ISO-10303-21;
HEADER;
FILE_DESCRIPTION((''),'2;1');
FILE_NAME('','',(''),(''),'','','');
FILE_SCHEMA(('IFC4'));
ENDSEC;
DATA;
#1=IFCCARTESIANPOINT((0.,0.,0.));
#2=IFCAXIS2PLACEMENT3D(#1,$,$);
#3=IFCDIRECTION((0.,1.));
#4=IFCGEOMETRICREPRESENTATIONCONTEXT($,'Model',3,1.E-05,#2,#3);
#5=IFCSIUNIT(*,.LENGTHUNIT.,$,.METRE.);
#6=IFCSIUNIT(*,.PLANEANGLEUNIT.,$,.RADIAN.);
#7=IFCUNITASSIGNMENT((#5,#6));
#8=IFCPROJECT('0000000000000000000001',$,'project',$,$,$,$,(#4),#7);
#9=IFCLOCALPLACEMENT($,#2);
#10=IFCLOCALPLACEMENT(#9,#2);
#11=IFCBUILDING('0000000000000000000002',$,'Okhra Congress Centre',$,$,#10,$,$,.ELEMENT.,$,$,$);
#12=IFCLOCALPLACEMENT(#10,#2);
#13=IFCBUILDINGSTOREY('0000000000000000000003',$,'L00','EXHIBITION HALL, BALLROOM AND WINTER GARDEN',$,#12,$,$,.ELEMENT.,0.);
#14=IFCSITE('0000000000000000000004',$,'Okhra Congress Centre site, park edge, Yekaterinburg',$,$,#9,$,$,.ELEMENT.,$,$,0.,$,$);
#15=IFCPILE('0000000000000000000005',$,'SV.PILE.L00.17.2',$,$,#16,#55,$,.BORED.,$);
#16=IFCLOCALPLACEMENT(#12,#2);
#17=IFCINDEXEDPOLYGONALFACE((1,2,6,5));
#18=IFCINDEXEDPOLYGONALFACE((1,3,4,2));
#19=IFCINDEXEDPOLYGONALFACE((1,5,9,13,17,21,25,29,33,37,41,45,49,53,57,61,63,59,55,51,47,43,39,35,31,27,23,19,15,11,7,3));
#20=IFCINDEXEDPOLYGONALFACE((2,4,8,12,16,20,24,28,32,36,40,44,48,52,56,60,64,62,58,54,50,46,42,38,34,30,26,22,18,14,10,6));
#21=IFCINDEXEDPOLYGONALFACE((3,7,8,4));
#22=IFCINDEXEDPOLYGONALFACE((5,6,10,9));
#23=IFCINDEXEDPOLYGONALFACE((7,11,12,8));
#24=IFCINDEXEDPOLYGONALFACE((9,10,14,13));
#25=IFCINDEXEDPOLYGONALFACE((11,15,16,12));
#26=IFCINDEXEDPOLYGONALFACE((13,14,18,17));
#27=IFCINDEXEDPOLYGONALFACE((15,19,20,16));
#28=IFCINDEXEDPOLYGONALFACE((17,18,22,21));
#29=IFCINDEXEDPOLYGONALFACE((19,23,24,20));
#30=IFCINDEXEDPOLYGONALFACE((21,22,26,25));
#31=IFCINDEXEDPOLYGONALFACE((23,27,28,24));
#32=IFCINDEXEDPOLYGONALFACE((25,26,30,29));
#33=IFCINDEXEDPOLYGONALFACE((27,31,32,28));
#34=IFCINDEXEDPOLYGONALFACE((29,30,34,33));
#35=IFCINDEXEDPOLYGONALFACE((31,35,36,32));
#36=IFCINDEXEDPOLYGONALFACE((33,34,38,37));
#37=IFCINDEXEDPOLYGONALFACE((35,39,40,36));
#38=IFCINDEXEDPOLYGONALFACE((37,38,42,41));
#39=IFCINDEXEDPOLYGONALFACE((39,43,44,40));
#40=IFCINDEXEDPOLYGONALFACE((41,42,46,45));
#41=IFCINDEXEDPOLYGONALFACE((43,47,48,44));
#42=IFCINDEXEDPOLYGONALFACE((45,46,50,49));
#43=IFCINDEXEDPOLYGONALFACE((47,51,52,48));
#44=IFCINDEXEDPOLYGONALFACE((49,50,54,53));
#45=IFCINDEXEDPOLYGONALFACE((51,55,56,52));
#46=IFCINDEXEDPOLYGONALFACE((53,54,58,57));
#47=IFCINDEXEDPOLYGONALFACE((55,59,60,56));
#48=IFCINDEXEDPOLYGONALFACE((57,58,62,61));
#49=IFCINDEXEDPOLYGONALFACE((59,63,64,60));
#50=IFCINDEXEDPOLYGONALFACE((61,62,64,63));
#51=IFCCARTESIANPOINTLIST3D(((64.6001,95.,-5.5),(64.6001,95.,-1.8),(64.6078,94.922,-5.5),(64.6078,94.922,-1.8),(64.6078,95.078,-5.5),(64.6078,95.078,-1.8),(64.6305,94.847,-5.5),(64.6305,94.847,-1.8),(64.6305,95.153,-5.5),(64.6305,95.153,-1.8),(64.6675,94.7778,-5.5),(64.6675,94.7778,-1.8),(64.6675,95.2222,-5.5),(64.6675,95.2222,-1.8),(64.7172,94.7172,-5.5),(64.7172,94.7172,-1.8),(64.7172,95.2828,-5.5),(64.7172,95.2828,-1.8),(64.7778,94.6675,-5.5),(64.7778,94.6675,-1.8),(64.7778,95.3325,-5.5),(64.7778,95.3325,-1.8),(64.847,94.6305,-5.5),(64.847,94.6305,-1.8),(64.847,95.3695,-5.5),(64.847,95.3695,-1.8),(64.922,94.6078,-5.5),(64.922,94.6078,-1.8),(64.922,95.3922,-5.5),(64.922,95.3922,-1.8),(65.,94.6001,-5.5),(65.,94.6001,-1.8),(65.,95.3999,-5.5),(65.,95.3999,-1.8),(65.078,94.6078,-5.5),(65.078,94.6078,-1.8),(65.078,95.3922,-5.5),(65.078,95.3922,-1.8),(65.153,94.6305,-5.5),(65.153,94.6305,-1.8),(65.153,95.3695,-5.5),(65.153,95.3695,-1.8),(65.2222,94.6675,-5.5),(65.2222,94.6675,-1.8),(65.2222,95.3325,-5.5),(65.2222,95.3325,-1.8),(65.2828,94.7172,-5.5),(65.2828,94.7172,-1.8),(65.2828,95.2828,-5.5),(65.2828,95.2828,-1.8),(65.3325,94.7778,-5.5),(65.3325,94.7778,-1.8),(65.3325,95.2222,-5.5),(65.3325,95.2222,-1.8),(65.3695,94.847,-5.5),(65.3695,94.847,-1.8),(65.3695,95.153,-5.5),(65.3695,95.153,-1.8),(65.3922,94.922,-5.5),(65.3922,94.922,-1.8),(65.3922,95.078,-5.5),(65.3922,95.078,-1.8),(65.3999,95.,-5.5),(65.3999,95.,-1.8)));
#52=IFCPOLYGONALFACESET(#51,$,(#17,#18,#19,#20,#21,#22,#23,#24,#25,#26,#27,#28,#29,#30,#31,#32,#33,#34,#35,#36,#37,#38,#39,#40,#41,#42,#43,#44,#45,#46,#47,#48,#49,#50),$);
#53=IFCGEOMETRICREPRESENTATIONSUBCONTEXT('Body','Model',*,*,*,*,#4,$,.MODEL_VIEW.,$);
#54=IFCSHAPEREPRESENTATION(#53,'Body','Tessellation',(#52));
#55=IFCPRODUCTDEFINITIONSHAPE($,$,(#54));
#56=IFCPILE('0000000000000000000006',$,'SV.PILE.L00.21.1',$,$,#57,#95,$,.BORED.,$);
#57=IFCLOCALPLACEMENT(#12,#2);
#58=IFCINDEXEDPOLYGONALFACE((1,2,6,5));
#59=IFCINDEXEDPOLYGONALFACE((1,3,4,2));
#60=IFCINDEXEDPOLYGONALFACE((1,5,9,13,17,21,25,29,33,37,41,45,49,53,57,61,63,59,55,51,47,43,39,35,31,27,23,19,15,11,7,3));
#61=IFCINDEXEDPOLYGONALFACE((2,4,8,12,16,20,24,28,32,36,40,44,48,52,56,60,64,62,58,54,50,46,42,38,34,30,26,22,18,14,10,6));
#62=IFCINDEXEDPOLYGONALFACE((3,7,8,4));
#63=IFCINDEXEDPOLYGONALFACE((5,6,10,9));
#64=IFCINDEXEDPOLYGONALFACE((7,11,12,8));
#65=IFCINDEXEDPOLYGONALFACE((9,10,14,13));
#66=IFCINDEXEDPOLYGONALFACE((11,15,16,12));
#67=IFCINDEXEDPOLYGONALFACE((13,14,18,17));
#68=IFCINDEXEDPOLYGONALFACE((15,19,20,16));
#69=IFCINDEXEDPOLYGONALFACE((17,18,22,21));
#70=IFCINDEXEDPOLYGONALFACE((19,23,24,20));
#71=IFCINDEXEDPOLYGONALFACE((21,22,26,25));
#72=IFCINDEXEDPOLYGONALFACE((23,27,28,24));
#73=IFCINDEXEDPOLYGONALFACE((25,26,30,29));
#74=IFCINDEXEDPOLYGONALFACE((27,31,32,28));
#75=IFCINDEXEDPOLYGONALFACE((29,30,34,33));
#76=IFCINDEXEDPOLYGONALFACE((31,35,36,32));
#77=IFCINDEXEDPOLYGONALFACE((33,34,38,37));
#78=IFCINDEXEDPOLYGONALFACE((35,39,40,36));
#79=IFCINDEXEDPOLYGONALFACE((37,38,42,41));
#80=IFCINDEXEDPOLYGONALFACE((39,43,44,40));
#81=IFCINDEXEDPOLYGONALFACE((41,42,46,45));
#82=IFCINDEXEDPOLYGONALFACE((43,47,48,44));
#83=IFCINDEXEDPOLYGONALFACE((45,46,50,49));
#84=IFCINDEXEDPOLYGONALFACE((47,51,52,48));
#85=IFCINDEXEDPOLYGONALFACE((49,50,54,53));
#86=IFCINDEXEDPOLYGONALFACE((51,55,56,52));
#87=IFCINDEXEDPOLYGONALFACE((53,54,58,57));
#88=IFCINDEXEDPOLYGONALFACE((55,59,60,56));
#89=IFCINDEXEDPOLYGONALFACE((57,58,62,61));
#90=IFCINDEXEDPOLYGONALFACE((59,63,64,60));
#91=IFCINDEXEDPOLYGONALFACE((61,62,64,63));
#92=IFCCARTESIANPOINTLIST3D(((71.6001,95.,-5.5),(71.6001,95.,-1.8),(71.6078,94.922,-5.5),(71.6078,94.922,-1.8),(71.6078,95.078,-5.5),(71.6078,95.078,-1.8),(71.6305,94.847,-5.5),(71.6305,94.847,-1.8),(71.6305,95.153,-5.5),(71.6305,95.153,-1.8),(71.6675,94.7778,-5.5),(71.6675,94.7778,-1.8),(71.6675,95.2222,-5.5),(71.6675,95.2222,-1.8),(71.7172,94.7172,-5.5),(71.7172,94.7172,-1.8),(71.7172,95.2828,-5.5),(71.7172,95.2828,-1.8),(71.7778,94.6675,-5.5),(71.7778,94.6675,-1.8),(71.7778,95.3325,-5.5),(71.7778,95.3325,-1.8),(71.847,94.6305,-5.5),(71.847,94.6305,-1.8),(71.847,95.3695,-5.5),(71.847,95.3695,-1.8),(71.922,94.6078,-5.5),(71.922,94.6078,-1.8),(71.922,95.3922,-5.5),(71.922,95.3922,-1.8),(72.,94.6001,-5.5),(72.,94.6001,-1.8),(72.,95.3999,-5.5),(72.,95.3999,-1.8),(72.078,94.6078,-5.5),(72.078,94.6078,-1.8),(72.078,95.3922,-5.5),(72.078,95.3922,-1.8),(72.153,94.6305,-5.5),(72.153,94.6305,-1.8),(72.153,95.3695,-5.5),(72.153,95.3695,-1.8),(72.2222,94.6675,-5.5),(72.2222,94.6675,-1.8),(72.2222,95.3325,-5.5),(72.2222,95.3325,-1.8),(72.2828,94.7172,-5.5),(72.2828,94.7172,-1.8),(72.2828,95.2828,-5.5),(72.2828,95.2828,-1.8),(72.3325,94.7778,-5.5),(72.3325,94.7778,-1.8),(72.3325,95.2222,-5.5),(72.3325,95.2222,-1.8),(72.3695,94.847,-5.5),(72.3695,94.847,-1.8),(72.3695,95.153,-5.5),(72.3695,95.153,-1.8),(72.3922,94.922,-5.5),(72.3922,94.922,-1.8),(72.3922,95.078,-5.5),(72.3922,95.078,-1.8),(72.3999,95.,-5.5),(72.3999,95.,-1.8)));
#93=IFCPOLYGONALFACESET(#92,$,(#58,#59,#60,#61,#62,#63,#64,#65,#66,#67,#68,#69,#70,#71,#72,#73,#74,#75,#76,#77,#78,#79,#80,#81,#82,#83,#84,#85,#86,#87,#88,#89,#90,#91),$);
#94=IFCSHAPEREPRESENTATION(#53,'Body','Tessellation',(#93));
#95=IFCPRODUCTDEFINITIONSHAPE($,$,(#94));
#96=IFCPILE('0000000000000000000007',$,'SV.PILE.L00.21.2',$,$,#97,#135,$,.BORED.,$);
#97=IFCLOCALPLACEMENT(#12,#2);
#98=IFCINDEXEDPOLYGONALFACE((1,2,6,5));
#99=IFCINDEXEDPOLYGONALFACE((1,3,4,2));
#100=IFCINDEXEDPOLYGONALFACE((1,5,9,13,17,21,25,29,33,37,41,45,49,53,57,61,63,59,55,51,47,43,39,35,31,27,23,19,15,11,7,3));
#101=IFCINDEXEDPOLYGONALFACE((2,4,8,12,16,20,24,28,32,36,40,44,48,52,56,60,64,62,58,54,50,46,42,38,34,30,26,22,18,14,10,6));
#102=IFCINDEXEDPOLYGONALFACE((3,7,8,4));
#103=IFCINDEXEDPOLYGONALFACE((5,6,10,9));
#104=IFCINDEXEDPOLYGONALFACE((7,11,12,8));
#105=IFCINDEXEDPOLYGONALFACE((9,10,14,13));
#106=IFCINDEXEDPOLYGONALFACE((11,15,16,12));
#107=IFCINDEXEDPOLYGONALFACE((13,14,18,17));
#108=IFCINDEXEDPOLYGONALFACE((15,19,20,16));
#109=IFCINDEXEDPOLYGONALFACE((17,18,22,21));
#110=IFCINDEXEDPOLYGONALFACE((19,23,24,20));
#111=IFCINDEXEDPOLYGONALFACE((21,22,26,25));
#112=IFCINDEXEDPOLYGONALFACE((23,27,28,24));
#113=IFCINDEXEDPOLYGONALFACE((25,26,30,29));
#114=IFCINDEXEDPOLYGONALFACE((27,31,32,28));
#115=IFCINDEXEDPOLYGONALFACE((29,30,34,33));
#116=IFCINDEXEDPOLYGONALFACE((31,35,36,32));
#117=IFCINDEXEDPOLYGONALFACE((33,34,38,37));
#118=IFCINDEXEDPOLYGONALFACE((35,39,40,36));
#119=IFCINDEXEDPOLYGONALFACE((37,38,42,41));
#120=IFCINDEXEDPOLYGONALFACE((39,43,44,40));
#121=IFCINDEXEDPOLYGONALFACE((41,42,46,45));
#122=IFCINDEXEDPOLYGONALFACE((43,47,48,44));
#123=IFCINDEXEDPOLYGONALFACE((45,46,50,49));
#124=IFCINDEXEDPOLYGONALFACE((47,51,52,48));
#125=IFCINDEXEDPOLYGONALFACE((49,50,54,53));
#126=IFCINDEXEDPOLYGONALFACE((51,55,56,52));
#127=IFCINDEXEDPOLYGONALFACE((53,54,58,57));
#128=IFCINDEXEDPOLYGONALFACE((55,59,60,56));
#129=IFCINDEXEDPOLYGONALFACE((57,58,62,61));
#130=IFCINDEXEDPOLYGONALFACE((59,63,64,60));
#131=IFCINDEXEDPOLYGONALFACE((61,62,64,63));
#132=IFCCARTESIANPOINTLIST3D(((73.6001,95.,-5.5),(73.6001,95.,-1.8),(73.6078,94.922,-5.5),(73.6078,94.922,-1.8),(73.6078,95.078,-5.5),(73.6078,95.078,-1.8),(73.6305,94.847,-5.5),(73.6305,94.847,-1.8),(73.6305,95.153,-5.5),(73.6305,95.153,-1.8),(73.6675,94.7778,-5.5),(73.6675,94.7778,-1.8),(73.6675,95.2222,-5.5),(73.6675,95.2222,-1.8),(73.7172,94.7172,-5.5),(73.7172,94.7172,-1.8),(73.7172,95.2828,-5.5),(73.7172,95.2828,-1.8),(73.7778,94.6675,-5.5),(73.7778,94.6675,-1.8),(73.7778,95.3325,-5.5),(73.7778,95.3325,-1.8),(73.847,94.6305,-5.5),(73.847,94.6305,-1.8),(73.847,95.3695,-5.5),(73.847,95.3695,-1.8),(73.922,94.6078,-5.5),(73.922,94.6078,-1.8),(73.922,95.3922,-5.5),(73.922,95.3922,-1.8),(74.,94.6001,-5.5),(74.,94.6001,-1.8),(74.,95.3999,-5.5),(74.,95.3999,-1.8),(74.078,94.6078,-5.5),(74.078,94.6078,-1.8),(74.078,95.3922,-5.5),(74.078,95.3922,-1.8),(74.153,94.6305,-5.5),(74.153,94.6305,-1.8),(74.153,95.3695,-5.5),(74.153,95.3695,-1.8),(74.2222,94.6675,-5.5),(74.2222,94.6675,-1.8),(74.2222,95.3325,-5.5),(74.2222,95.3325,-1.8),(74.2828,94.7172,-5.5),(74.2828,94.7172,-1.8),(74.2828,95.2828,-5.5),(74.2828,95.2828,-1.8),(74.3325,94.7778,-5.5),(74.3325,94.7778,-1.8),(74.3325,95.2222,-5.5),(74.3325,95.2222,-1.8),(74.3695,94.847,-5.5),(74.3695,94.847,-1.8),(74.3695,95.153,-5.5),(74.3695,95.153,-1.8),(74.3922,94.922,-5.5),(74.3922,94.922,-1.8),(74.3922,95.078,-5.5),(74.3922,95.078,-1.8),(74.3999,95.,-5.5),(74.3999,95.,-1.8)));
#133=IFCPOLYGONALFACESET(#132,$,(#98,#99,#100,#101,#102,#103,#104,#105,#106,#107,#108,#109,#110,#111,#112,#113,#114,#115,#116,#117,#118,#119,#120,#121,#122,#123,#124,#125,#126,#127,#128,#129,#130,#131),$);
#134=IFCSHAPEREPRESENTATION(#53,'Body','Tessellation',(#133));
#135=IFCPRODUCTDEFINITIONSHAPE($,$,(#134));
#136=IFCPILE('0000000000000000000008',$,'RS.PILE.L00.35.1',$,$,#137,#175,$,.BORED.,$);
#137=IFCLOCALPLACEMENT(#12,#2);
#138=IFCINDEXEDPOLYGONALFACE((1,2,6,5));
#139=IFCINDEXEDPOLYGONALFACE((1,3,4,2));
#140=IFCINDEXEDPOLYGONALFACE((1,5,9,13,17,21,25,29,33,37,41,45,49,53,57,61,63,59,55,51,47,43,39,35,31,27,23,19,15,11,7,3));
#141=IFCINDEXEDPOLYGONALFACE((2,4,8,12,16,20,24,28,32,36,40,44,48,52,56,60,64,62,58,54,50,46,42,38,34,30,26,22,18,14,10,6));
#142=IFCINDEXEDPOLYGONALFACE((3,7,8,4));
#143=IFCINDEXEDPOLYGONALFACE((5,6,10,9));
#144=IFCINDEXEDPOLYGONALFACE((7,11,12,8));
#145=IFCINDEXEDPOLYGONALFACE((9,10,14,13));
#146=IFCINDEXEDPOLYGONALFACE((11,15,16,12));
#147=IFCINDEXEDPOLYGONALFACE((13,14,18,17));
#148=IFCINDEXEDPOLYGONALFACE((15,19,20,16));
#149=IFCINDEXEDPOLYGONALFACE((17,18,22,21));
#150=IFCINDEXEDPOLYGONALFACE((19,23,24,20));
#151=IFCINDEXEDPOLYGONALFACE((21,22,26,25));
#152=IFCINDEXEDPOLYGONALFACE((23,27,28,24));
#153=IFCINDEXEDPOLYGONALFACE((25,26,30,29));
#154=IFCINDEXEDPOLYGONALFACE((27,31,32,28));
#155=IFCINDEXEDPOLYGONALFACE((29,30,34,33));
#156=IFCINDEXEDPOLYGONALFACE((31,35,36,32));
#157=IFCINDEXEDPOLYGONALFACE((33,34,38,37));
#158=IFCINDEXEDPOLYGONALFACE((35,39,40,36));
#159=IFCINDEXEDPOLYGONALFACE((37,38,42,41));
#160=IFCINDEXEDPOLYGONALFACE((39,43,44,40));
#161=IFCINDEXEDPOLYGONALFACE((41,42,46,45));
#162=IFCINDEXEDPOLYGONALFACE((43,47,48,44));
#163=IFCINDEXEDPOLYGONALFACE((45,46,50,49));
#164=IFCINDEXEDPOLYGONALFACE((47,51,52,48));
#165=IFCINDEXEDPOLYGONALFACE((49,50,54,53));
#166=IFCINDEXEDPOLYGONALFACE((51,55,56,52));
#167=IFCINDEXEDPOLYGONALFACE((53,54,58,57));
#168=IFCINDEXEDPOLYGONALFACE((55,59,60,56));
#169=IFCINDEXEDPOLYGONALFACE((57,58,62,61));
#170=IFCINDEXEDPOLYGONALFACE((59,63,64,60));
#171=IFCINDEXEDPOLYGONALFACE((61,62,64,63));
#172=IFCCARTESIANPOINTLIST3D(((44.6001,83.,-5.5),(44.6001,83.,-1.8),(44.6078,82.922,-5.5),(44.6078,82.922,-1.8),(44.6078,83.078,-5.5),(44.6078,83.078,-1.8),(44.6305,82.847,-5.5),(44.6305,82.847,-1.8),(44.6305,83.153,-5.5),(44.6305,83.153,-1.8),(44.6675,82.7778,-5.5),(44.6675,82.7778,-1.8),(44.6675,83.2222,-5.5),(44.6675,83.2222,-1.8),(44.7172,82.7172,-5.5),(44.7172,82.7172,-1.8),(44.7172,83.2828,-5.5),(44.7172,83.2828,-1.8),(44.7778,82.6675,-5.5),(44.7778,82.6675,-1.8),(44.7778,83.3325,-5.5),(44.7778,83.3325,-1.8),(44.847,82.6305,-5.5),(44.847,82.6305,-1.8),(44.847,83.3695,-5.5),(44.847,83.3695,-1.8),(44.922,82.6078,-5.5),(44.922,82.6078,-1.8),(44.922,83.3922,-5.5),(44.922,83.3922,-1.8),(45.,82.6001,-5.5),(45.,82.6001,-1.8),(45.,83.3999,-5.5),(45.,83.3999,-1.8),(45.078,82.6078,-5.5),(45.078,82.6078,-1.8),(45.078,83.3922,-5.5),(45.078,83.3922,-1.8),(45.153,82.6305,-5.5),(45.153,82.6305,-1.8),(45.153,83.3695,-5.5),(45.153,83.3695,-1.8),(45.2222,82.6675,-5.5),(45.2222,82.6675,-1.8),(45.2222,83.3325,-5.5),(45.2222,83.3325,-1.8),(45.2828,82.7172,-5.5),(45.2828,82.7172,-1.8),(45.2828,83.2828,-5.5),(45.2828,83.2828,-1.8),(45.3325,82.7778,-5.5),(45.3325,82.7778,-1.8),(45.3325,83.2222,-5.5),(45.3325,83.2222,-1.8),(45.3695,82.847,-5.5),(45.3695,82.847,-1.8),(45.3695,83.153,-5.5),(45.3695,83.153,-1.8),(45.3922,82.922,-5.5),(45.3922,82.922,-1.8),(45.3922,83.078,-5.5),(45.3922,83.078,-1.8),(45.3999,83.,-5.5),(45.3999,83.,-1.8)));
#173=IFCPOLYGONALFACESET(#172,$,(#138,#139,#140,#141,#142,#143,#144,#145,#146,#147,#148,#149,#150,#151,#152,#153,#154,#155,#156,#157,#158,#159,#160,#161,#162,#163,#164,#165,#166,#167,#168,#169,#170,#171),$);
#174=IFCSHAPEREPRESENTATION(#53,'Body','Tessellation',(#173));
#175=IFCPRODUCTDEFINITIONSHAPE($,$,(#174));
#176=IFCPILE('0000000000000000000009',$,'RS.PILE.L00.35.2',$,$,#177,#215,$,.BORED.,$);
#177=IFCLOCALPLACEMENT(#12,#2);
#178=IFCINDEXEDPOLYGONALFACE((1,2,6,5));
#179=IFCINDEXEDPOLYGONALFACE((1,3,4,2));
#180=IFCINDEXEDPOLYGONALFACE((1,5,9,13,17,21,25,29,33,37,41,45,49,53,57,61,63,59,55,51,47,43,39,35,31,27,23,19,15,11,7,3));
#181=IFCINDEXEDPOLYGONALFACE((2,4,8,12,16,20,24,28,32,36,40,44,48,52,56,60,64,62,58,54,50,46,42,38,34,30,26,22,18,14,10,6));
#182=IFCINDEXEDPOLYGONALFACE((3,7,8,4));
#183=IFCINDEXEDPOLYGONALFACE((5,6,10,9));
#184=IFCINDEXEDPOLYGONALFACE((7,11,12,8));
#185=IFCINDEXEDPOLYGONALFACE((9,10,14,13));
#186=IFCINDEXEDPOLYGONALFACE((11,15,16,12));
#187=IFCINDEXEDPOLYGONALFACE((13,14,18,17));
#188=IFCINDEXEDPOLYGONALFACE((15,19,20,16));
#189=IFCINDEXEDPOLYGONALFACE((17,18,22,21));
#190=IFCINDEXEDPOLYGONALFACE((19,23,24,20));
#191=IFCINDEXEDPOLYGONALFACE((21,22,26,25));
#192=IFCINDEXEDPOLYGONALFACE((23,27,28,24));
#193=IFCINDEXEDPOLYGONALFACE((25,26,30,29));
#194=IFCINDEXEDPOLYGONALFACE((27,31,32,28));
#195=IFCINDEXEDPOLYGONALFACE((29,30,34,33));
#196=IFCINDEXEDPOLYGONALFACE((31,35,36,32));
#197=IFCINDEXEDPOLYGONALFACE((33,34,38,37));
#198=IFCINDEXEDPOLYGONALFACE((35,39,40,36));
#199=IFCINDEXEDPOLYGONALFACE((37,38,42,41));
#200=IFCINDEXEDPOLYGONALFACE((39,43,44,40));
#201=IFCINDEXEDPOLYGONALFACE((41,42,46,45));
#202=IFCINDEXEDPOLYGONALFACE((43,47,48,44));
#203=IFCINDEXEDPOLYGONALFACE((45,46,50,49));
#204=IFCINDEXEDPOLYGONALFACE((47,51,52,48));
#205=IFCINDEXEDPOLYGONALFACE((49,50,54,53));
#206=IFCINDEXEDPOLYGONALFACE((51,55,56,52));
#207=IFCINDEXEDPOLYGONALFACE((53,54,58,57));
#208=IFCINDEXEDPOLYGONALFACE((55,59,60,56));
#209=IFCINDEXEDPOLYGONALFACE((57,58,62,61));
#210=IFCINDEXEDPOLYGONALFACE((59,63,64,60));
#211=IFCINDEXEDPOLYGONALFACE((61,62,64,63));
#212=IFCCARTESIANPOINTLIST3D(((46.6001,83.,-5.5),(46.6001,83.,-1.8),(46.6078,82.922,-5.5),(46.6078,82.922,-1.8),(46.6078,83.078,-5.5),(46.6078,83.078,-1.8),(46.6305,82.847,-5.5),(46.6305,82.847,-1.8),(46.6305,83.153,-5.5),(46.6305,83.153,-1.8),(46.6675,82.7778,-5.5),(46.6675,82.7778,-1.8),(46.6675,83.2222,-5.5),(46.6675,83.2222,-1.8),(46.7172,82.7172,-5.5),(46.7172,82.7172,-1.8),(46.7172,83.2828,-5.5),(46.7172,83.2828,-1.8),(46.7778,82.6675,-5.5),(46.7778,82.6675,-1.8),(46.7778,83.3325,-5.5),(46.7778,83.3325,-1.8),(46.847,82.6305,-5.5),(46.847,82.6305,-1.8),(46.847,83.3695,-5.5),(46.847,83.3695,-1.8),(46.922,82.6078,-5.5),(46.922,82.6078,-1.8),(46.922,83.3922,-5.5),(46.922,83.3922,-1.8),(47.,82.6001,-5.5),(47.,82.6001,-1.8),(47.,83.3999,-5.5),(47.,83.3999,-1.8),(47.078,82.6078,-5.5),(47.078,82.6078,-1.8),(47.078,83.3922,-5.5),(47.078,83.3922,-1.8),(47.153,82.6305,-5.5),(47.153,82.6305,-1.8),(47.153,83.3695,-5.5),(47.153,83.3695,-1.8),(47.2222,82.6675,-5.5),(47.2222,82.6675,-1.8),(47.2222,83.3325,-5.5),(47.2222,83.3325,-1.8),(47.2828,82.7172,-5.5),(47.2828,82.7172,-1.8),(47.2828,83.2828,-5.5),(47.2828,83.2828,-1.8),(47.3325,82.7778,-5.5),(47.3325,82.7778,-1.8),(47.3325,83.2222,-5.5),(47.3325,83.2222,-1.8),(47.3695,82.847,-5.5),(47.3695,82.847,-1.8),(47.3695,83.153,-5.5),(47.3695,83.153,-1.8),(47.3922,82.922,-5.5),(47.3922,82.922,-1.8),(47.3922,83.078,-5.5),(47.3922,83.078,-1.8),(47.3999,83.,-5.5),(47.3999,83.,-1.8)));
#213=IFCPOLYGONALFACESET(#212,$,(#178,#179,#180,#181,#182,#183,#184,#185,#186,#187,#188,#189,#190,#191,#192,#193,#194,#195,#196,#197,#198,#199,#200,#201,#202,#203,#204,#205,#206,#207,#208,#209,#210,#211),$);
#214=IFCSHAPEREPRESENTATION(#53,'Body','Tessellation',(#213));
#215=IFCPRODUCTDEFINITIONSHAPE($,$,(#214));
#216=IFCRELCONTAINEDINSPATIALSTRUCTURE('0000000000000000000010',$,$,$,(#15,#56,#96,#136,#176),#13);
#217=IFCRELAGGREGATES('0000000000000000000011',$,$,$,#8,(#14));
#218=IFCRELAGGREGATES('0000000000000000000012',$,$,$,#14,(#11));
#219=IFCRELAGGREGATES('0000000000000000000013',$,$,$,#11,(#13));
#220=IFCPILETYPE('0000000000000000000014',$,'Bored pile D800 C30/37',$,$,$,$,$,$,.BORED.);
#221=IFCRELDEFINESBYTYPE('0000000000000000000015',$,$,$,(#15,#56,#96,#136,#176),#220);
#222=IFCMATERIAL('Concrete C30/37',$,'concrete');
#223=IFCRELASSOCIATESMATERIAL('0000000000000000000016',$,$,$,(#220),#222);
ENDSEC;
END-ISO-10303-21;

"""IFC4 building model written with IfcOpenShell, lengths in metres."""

from ifc_helpers import new_model, si_unit, direction, frame, origin, origin_2d, place, context, subcontext, project, spatial, circle, extrude, material, material_profile, profile_set, type_object, element, save


model = new_model("IFC4")

# Units and contexts
model_context = context("Model", 3, precision=1e-05, world=origin(), true_north=direction((0.0, 1.0)))
body_context = subcontext(model_context, "Body", "Model", "MODEL_VIEW")
ifc_project = project(units=[si_unit("LENGTHUNIT", "METRE"), si_unit("PLANEANGLEUNIT", "RADIAN")], contexts=[model_context])

# Site, building, storey
site_placement = place(None, origin())
site = spatial("IfcSite", under=ifc_project, at=site_placement, Name="Okhra Congress Centre site, park edge, Yekaterinburg", CompositionType="ELEMENT", RefElevation=0.0)
building_placement = place(site_placement, origin())
building = spatial("IfcBuilding", under=site, at=building_placement, Name="Okhra Congress Centre", CompositionType="ELEMENT")
storey_placement = place(building_placement, origin())
storey = spatial("IfcBuildingStorey", under=building, at=storey_placement, Name="L00", Description="EXHIBITION HALL, BALLROOM AND WINTER GARDEN", CompositionType="ELEMENT", Elevation=0.0)

# Piles
ifc_material_1 = material(Name="Concrete C30/37", Category="concrete")
ifc_material_profile_1 = material_profile(ifc_material_1, circle(Radius=0.3999, at=origin_2d()), Name="D800")
ifc_profile_set_1 = profile_set([ifc_material_profile_1], Name="Concrete C30/37")
pile_type = type_object("IfcPileType", Name="Bored pile D800 C30/37", PredefinedType="BORED", material=ifc_profile_set_1)
for number, where, z_axis, x_axis, name in (
    (1, (65.0, 95.0, -1.8), (0.0, 0.0, -1.0), (1.0, 0.0, 0.0), "SV.PILE.L00.17.2"),
    (2, (72.0, 95.0, -1.8), (0.0, 0.0, -1.0), (1.0, 0.0, 0.0), "SV.PILE.L00.21.1"),
    (3, (74.0, 95.0, -1.8), (0.0, 0.0, -1.0), (1.0, 0.0, 0.0), "SV.PILE.L00.21.2"),
    (4, (45.0, 83.0, -1.8), (0.0, 0.0, -1.0), (1.0, 0.0, 0.0), "RS.PILE.L00.35.1"),
    (5, (47.0, 83.0, -1.8), (0.0, 0.0, -1.0), (1.0, 0.0, 0.0), "RS.PILE.L00.35.2"),
):
    element("IfcPile", number, at=place(storey_placement, frame(where, z_axis=z_axis, x_axis=x_axis)), inside=storey, type_object=pile_type, Name=name, PredefinedType="BORED", context=body_context, shape_type="SweptSolid", body=[
        extrude(circle(Radius=0.3999, at=origin_2d()), origin(), (0.0, 0.0, 1.0), 3.7),
    ])

save(model, "model.ifc")
